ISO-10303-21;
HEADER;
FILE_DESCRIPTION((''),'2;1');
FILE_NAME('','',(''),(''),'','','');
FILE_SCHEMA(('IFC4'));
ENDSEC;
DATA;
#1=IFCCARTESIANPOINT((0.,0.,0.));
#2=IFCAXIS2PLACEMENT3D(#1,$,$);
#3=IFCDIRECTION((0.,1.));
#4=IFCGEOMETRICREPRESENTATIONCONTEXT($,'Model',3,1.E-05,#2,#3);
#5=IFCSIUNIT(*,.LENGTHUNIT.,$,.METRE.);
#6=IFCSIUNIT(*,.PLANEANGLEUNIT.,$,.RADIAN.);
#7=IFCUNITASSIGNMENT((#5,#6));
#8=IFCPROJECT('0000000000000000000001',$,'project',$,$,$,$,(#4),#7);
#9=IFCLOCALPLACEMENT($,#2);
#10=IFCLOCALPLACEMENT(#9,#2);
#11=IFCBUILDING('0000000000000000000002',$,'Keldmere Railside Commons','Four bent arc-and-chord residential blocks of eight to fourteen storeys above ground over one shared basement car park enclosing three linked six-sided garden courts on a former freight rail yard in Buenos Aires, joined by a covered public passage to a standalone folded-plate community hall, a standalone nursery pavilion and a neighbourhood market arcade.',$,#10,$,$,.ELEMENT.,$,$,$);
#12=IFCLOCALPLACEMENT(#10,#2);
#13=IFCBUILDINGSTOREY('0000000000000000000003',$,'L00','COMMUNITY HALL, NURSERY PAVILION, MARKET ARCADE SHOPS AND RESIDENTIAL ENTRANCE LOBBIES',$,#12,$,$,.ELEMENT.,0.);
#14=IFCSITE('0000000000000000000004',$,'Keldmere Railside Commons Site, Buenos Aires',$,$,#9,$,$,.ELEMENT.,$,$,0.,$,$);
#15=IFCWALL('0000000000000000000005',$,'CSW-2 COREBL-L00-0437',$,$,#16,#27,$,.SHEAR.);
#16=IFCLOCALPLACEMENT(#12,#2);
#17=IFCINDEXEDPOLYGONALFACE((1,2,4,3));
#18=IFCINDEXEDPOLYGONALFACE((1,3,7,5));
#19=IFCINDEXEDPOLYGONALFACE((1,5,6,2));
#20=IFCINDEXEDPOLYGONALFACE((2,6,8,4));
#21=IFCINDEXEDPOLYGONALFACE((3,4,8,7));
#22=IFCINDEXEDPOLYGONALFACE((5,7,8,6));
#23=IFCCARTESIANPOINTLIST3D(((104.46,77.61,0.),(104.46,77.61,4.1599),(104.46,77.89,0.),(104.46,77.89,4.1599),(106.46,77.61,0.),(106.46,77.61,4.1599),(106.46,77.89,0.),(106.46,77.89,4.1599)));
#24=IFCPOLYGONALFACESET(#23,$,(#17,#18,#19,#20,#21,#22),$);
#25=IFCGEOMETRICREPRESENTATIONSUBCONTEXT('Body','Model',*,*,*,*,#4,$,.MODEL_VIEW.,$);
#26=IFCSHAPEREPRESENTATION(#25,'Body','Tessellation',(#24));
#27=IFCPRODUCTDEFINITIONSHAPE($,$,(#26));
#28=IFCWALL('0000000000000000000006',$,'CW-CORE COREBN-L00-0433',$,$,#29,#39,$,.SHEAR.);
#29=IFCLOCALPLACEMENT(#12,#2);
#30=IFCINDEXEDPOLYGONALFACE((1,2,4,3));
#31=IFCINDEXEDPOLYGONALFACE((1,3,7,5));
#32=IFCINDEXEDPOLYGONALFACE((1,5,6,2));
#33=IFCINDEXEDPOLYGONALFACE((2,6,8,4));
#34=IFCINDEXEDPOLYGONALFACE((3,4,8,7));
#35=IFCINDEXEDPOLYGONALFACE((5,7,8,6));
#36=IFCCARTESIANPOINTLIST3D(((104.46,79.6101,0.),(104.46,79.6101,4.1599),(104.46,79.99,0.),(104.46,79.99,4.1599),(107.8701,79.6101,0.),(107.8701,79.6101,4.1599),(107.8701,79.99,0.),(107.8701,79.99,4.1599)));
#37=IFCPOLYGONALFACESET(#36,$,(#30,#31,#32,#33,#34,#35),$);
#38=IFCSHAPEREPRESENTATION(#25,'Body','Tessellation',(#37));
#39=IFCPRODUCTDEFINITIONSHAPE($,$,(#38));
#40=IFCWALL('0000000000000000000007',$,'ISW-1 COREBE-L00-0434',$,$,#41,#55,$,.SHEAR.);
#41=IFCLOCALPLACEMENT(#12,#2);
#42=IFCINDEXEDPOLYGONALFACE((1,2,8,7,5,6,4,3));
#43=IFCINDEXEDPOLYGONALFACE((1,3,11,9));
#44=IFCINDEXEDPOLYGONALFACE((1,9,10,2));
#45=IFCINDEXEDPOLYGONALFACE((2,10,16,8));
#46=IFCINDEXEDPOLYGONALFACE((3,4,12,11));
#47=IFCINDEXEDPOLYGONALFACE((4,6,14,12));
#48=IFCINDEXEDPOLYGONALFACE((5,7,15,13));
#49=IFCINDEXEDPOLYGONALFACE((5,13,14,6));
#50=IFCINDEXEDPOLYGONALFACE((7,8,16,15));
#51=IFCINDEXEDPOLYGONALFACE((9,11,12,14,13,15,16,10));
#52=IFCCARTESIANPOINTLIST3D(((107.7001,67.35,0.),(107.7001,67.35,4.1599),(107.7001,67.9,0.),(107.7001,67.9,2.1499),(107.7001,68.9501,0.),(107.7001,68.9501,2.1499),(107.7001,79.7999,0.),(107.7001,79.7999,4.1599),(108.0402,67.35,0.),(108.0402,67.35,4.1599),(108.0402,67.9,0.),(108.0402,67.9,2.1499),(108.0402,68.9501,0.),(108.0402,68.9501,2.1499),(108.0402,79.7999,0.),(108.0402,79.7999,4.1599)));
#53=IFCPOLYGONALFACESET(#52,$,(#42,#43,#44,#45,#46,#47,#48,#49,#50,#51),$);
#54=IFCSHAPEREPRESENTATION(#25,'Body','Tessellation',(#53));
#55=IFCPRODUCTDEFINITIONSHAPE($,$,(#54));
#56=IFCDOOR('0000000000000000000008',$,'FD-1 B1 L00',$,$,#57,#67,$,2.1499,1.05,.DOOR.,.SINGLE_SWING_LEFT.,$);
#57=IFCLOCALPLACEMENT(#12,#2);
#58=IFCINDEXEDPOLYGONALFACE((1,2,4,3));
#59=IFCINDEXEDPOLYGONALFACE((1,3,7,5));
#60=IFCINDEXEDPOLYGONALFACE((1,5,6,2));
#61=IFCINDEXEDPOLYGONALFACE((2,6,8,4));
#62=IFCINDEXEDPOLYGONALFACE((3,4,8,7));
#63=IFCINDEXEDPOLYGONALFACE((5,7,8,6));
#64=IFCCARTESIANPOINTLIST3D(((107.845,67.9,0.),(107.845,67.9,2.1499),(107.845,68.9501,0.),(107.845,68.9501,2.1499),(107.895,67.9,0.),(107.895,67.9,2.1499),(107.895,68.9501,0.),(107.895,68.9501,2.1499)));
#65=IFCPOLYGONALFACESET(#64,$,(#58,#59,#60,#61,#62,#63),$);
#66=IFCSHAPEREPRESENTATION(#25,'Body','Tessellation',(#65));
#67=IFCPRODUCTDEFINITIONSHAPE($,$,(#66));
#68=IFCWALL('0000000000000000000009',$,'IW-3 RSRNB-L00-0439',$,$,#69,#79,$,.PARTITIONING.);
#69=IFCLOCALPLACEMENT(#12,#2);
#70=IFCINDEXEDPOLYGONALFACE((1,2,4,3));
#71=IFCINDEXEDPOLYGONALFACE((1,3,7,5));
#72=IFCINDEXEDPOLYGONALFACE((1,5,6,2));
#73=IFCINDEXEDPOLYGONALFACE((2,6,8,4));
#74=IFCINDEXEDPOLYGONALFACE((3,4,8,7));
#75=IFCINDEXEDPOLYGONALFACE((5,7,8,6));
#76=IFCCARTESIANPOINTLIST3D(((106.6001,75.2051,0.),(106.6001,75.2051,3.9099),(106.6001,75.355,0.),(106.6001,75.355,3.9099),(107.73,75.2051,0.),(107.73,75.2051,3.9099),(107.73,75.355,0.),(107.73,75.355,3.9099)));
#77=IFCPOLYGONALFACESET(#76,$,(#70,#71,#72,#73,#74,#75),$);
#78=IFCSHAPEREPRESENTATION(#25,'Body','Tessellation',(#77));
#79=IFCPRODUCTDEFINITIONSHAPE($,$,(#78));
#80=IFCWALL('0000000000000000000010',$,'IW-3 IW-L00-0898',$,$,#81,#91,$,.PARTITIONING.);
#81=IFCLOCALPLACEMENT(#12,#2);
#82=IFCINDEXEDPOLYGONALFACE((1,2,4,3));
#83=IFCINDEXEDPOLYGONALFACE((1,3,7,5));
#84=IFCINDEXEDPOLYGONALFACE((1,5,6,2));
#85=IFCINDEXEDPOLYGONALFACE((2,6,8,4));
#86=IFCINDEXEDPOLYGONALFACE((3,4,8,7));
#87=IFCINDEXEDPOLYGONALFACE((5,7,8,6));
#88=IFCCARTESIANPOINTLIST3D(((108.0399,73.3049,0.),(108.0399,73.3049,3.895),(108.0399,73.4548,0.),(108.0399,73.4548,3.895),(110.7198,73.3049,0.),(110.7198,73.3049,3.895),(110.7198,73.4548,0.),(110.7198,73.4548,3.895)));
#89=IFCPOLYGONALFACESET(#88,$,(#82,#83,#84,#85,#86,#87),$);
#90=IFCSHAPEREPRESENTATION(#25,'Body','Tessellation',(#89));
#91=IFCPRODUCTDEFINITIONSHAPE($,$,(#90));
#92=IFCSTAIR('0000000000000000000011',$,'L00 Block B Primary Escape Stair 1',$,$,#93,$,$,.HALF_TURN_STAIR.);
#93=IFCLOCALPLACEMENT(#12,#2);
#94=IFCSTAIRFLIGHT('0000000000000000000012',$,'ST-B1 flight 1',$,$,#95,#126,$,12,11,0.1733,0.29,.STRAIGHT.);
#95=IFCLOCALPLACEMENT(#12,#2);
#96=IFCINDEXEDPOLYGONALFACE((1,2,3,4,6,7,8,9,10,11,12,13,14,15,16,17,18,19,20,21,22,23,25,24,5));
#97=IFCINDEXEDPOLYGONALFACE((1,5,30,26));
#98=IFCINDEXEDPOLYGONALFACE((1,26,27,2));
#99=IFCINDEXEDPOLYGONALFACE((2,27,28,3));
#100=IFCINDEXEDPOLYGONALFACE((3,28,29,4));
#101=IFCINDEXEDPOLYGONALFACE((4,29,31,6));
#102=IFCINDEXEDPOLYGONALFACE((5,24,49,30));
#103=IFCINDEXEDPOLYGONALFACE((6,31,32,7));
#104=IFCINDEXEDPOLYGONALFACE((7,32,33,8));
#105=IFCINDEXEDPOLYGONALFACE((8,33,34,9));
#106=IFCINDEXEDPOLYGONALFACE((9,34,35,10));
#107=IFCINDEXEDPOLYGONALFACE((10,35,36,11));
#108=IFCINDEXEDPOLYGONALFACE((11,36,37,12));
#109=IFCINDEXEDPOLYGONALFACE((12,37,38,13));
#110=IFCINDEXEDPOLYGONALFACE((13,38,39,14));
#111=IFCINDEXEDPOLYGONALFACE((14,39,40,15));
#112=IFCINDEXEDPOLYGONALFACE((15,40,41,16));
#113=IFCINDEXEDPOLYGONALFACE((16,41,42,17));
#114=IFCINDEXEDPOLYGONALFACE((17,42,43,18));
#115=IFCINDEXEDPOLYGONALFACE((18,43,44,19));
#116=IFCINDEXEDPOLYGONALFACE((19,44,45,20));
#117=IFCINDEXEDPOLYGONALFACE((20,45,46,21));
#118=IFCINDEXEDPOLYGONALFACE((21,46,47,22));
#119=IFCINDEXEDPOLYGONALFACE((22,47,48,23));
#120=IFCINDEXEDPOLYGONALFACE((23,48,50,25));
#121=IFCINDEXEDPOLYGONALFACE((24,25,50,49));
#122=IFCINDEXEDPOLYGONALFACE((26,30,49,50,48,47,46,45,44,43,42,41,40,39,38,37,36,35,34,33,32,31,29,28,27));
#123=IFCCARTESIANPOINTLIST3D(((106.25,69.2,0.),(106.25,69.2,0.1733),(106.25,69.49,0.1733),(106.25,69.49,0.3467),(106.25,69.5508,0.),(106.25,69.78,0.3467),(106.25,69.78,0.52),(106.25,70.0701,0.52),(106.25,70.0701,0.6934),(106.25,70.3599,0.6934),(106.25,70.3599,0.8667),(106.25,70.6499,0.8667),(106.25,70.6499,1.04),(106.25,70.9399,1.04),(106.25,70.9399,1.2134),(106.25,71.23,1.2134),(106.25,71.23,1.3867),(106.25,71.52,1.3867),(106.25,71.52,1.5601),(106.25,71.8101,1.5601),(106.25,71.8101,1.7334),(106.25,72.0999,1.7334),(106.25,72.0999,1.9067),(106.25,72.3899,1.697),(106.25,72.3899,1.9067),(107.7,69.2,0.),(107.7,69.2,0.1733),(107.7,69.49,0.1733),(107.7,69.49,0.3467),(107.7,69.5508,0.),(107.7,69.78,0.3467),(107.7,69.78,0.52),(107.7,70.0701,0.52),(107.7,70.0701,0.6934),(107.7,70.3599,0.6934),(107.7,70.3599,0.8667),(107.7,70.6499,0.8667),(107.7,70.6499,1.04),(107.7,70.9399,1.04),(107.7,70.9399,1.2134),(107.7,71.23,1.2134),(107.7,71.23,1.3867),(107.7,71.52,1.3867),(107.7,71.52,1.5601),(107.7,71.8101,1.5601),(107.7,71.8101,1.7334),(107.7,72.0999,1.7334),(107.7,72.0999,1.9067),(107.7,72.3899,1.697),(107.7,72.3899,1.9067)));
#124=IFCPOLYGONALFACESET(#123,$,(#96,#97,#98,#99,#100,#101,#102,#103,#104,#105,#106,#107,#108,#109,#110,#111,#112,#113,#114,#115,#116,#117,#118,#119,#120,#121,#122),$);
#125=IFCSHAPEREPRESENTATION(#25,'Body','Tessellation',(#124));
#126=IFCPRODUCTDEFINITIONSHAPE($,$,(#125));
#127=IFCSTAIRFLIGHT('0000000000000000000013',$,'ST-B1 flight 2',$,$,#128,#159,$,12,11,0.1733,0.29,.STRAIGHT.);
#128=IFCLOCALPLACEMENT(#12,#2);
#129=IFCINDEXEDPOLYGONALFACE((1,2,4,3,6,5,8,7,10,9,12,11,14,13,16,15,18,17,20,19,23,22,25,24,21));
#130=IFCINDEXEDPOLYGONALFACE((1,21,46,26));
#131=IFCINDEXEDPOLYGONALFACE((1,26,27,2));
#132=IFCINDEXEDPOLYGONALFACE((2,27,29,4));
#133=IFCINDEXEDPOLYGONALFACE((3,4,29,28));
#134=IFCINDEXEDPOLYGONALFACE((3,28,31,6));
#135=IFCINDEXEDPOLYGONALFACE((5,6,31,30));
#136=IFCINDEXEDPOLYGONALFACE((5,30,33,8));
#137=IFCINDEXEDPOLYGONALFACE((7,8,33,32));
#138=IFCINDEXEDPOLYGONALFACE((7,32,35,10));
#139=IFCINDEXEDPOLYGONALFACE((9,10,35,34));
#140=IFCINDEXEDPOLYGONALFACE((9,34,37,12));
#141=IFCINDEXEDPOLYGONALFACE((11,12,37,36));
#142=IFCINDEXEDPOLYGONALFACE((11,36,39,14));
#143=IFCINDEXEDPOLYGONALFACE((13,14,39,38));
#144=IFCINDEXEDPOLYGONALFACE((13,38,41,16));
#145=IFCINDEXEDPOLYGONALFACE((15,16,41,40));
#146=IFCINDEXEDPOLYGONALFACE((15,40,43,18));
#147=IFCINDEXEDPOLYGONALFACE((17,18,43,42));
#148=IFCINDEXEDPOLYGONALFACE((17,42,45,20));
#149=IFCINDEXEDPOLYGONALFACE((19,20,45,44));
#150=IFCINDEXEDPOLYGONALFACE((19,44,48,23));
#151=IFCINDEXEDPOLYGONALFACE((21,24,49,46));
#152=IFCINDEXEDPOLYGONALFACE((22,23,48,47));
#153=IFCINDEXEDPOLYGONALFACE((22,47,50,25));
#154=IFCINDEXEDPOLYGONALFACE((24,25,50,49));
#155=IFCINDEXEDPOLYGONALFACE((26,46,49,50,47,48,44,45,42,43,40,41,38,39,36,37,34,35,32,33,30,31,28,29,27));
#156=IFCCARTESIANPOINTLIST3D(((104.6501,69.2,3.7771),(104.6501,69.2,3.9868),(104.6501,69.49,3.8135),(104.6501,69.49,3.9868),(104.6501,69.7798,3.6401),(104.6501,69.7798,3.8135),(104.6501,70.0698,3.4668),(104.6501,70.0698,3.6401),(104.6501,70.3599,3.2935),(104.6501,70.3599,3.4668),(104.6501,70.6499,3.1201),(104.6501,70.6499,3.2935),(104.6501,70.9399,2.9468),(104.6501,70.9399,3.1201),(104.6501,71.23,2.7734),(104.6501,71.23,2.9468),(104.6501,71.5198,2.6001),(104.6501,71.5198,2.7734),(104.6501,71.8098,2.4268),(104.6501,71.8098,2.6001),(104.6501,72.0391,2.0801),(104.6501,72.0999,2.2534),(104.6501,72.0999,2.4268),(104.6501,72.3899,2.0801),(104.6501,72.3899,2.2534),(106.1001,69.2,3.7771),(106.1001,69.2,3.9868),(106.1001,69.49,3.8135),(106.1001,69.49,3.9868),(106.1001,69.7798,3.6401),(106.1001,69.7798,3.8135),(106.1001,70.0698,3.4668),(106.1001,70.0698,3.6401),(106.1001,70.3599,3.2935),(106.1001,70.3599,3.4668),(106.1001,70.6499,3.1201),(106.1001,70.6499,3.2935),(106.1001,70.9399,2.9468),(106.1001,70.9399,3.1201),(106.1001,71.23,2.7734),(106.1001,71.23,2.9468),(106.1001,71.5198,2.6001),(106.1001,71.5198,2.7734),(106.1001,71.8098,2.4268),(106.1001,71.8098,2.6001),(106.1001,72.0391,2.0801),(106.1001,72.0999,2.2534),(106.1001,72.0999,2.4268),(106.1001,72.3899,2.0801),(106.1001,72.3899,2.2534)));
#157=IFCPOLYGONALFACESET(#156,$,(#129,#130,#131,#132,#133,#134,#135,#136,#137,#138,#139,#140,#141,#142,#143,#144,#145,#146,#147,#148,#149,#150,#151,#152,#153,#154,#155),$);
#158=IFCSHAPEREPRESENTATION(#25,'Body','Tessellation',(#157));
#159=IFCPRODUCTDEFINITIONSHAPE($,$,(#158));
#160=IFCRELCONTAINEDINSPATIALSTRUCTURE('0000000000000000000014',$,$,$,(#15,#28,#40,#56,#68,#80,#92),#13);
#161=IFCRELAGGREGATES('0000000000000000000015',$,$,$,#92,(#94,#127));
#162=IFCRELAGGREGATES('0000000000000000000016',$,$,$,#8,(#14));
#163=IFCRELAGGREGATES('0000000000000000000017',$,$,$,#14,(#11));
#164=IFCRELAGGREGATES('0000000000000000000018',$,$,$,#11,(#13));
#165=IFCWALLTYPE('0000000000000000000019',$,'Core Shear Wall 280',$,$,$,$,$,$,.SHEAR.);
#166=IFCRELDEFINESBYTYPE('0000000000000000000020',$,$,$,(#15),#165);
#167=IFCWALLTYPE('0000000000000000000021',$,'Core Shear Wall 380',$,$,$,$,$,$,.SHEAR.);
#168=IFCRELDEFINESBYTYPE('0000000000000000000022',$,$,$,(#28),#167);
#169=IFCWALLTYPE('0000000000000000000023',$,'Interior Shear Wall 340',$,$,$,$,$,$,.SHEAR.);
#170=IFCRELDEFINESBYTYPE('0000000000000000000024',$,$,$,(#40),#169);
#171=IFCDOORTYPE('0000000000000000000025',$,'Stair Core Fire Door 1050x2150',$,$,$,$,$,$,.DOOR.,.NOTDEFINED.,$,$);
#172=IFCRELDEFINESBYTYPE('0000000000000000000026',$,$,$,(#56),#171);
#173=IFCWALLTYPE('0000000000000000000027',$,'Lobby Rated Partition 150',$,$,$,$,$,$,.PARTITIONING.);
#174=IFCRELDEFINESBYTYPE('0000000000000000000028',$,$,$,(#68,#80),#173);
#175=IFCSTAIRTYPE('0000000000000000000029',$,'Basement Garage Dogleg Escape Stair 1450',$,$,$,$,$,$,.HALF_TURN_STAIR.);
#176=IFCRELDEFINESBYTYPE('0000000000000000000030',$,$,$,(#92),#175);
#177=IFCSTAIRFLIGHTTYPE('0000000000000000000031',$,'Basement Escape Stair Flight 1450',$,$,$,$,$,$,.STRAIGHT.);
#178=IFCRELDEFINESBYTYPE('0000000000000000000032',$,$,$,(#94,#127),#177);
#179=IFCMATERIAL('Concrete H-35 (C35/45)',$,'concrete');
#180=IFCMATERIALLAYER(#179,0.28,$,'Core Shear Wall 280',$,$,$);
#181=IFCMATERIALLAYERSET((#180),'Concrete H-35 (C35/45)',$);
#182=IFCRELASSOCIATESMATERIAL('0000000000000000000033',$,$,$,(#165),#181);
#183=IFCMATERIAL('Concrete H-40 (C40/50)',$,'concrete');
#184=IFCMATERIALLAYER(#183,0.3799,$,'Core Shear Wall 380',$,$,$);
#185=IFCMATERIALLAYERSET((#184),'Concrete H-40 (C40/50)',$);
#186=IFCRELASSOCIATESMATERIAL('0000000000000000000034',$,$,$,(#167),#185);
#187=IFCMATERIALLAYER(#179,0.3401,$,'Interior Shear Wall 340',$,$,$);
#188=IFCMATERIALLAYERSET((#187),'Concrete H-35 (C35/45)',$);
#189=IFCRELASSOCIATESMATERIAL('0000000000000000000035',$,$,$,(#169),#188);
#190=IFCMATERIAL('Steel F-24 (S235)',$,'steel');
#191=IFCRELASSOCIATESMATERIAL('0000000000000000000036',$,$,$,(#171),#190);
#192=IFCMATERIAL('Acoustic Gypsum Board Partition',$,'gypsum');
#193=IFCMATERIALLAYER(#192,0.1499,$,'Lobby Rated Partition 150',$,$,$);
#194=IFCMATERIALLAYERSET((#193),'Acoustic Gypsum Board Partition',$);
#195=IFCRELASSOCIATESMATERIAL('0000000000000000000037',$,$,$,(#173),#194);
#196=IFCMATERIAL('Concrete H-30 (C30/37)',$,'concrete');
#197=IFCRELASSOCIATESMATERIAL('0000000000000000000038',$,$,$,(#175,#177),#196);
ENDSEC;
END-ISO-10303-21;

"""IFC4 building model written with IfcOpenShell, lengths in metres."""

from ifc_helpers import new_model, si_unit, direction, frame, frame_2d, origin, place, context, subcontext, project, spatial, polyline, rectangle, outline, extrude, material, layer, layer_set, type_object, element, fill, aggregate, save


model = new_model("IFC4")

# Units and contexts
model_context = context("Model", 3, precision=1e-05, world=origin(), true_north=direction((0.0, 1.0)))
body_context = subcontext(model_context, "Body", "Model", "MODEL_VIEW")
ifc_project = project(units=[si_unit("LENGTHUNIT", "METRE"), si_unit("PLANEANGLEUNIT", "RADIAN")], contexts=[model_context])

# Site, building, storey
site_placement = place(None, origin())
site = spatial("IfcSite", under=ifc_project, at=site_placement, Name="Keldmere Railside Commons Site, Buenos Aires", CompositionType="ELEMENT", RefElevation=0.0)
building_placement = place(site_placement, origin())
building = spatial("IfcBuilding", under=site, at=building_placement, Name="Keldmere Railside Commons", Description="Four bent arc-and-chord residential blocks of eight to fourteen storeys above ground over one shared basement car park enclosing three linked six-sided garden courts on a former freight rail yard in Buenos Aires, joined by a covered public passage to a standalone folded-plate community hall, a standalone nursery pavilion and a neighbourhood market arcade.", CompositionType="ELEMENT")
storey_placement = place(building_placement, origin())
storey = spatial("IfcBuildingStorey", under=building, at=storey_placement, Name="L00", Description="COMMUNITY HALL, NURSERY PAVILION, MARKET ARCADE SHOPS AND RESIDENTIAL ENTRANCE LOBBIES", CompositionType="ELEMENT", Elevation=0.0)

# Shared definitions
ifc_material_1 = material(Name="Concrete H-40 (C40/50)", Category="concrete")

# Shared definitions
ifc_material_2 = material(Name="Concrete H-35 (C35/45)", Category="concrete")
ifc_material_3 = material(Name="Concrete H-30 (C30/37)", Category="concrete")

# Wall
ifc_layer_1 = layer(ifc_material_2, 0.28, Name="Core Shear Wall 280")
ifc_layer_set_1 = layer_set([ifc_layer_1], Name="Concrete H-35 (C35/45)")
wall_type_1 = type_object("IfcWallType", Name="Core Shear Wall 280", PredefinedType="SHEAR", material=ifc_layer_set_1)
wall_1_placement = place(storey_placement, frame((104.46, 77.75, 0.0), z_axis=(0.0, 0.0, 1.0), x_axis=(1.0, 0.0, 0.0)))
element("IfcWall", 1, at=wall_1_placement, inside=storey, type_object=wall_type_1, Name="CSW-2 COREBL-L00-0437", PredefinedType="SHEAR", context=body_context, shape_type="SweptSolid", body=[
    extrude(rectangle(XDim=2.0, YDim=0.28, at=frame_2d((1.0, 0.0))), origin(), (0.0, 0.0, 1.0), 4.1599),
])

# Shared definitions
ifc_material_4 = material(Name="Steel F-24 (S235)", Category="steel")

# Wall
ifc_layer_2 = layer(ifc_material_1, 0.3799, Name="Core Shear Wall 380")
ifc_layer_set_2 = layer_set([ifc_layer_2], Name="Concrete H-40 (C40/50)")
wall_type_2 = type_object("IfcWallType", Name="Core Shear Wall 380", PredefinedType="SHEAR", material=ifc_layer_set_2)
wall_2_placement = place(storey_placement, frame((104.46, 79.8, 0.0), z_axis=(0.0, 0.0, 1.0), x_axis=(1.0, 0.0, 0.0)))
element("IfcWall", 2, at=wall_2_placement, inside=storey, type_object=wall_type_2, Name="CW-CORE COREBN-L00-0433", PredefinedType="SHEAR", context=body_context, shape_type="SweptSolid", body=[
    extrude(rectangle(XDim=3.4102, YDim=0.3799, at=frame_2d((1.7051, 0.0))), origin(), (0.0, 0.0, 1.0), 4.1599),
])

# Wall, opening, door
ifc_layer_3 = layer(ifc_material_2, 0.3401, Name="Interior Shear Wall 340")
ifc_layer_set_3 = layer_set([ifc_layer_3], Name="Concrete H-35 (C35/45)")
wall_type_3 = type_object("IfcWallType", Name="Interior Shear Wall 340", PredefinedType="SHEAR", material=ifc_layer_set_3)
wall_3_placement = place(storey_placement, frame((107.8701, 79.8, 0.0), z_axis=(0.0, 0.0, 1.0), x_axis=(0.0, -1.0, 0.0)))
wall_3 = element("IfcWall", 3, at=wall_3_placement, inside=storey, type_object=wall_type_3, Name="ISW-1 COREBE-L00-0434", PredefinedType="SHEAR", context=body_context, shape_type="SweptSolid", body=[
    extrude(rectangle(XDim=12.45, YDim=0.3401, at=frame_2d((6.2251, 0.0))), origin(), (0.0, 0.0, 1.0), 4.1599),
])
opening_1_placement = place(wall_3_placement, frame((10.8501, 0.0, 0.0)))
opening_1 = element("IfcOpeningElement", 4, at=opening_1_placement, cuts=wall_3, PredefinedType="OPENING", context=body_context, shape_type="SweptSolid", body=[
    extrude(rectangle(XDim=1.05, YDim=2.1499, at=frame_2d((0.5249, 1.075))), frame((0.0, 0.1799, 0.0), z_axis=(0.0, -1.0, 0.0), x_axis=(1.0, 0.0, 0.0)), (0.0, 0.0, 1.0), 0.3601),
])
door_type_1 = type_object("IfcDoorType", Name="Stair Core Fire Door 1050x2150", OperationType="NOTDEFINED", PredefinedType="DOOR", material=ifc_material_4)
door_1_placement = place(opening_1_placement, origin())
door_1 = element("IfcDoor", 5, at=door_1_placement, inside=storey, type_object=door_type_1, Name="FD-1 B1 L00", OperationType="SINGLE_SWING_LEFT", OverallHeight=2.1499, OverallWidth=1.05, PredefinedType="DOOR", context=body_context, shape_type="SweptSolid", body=[
    extrude(rectangle(XDim=1.05, YDim=2.1499, at=frame_2d((0.5249, 1.075))), frame((0.0, 0.0249, 0.0), z_axis=(0.0, -1.0, 0.0), x_axis=(1.0, 0.0, 0.0)), (0.0, 0.0, 1.0), 0.05),
])
fill(opening_1, door_1)

# Walls
ifc_material_5 = material(Name="Acoustic Gypsum Board Partition", Category="gypsum")
ifc_layer_4 = layer(ifc_material_5, 0.1499, Name="Lobby Rated Partition 150")
ifc_layer_set_4 = layer_set([ifc_layer_4], Name="Acoustic Gypsum Board Partition")
wall_type_4 = type_object("IfcWallType", Name="Lobby Rated Partition 150", PredefinedType="PARTITIONING", material=ifc_layer_set_4)
wall_4_placement = place(storey_placement, frame((106.6001, 75.28, 0.0), z_axis=(0.0, 0.0, 1.0), x_axis=(1.0, 0.0, 0.0)))
element("IfcWall", 6, at=wall_4_placement, inside=storey, type_object=wall_type_4, Name="IW-3 RSRNB-L00-0439", PredefinedType="PARTITIONING", context=body_context, shape_type="SweptSolid", body=[
    extrude(rectangle(XDim=1.1299, YDim=0.1499, at=frame_2d((0.5649, 0.0))), origin(), (0.0, 0.0, 1.0), 3.9099),
])
wall_5_placement = place(storey_placement, frame((108.04, 73.3799, 0.0), z_axis=(0.0, 0.0, 1.0), x_axis=(1.0, 0.0, 0.0)))
element("IfcWall", 7, at=wall_5_placement, inside=storey, type_object=wall_type_4, Name="IW-3 IW-L00-0898", PredefinedType="PARTITIONING", context=body_context, shape_type="SweptSolid", body=[
    extrude(rectangle(XDim=2.6799, YDim=0.1499, at=frame_2d((1.3398, 0.0))), origin(), (0.0, 0.0, 1.0), 3.895),
])

# Stair, stair flights
stair_type = type_object("IfcStairType", Name="Basement Garage Dogleg Escape Stair 1450", PredefinedType="HALF_TURN_STAIR", material=ifc_material_3)
stair_placement = place(storey_placement, origin())
stair = element("IfcStair", 8, at=stair_placement, inside=storey, type_object=stair_type, Name="L00 Block B Primary Escape Stair 1", PredefinedType="HALF_TURN_STAIR")
stair_flight_type = type_object("IfcStairFlightType", Name="Basement Escape Stair Flight 1450", PredefinedType="STRAIGHT", material=ifc_material_3)
stair_flight_1_placement = place(storey_placement, frame((106.9751, 69.2, 0.0), z_axis=(0.0, 0.0, 1.0), x_axis=(0.0, 1.0, 0.0)))
stair_flight_1 = element("IfcStairFlight", 9, at=stair_flight_1_placement, type_object=stair_flight_type, Name="ST-B1 flight 1", NumberOfRisers=12, NumberOfTreads=11, PredefinedType="STRAIGHT", RiserHeight=0.1733, TreadLength=0.29, context=body_context, shape_type="SweptSolid", body=[
    extrude(outline(polyline([(0.0, 0.0), (0.0, 0.1733), (0.29, 0.1733), (0.29, 0.3467), (0.5801, 0.3467), (0.5801, 0.52), (0.8701, 0.52), (0.8701, 0.6934), (1.1599, 0.6934), (1.1599, 0.8667), (1.45, 0.8667), (1.45, 1.04), (1.74, 1.04), (1.74, 1.2134), (2.03, 1.2134), (2.03, 1.3867), (2.3201, 1.3867), (2.3201, 1.5601), (2.6101, 1.5601), (2.6101, 1.7334), (2.8999, 1.7334), (2.8999, 1.9067), (3.1899, 1.9067), (3.1899, 2.0801), (3.1899, 1.697), (0.3508, 0.0), (0.0, 0.0)])), frame((0.0, 0.7251, 0.0), z_axis=(0.0, -1.0, 0.0), x_axis=(1.0, 0.0, 0.0)), (0.0, 0.0, 1.0), 1.45),
])
stair_flight_2_placement = place(storey_placement, frame((105.375, 72.3899, 2.0801), z_axis=(0.0, 0.0, 1.0), x_axis=(0.0, -1.0, 0.0)))
stair_flight_2 = element("IfcStairFlight", 10, at=stair_flight_2_placement, type_object=stair_flight_type, Name="ST-B1 flight 2", NumberOfRisers=12, NumberOfTreads=11, PredefinedType="STRAIGHT", RiserHeight=0.1733, TreadLength=0.29, context=body_context, shape_type="SweptSolid", body=[
    extrude(outline(polyline([(0.0, 0.0), (0.0, 0.1733), (0.29, 0.1733), (0.29, 0.3467), (0.5801, 0.3467), (0.5801, 0.52), (0.8701, 0.52), (0.8701, 0.6934), (1.1599, 0.6934), (1.1599, 0.8667), (1.45, 0.8667), (1.45, 1.04), (1.74, 1.04), (1.74, 1.2134), (2.03, 1.2134), (2.03, 1.3867), (2.3201, 1.3867), (2.3201, 1.5601), (2.6101, 1.5601), (2.6101, 1.7334), (2.8999, 1.7334), (2.8999, 1.9067), (3.1899, 1.9067), (3.1899, 2.0801), (3.1899, 1.697), (0.3508, 0.0), (0.0, 0.0)])), frame((0.0, 0.7251, 0.0), z_axis=(0.0, -1.0, 0.0), x_axis=(1.0, 0.0, 0.0)), (0.0, 0.0, 1.0), 1.45),
])
aggregate(stair, [stair_flight_1, stair_flight_2])

save(model, "model.ifc")
